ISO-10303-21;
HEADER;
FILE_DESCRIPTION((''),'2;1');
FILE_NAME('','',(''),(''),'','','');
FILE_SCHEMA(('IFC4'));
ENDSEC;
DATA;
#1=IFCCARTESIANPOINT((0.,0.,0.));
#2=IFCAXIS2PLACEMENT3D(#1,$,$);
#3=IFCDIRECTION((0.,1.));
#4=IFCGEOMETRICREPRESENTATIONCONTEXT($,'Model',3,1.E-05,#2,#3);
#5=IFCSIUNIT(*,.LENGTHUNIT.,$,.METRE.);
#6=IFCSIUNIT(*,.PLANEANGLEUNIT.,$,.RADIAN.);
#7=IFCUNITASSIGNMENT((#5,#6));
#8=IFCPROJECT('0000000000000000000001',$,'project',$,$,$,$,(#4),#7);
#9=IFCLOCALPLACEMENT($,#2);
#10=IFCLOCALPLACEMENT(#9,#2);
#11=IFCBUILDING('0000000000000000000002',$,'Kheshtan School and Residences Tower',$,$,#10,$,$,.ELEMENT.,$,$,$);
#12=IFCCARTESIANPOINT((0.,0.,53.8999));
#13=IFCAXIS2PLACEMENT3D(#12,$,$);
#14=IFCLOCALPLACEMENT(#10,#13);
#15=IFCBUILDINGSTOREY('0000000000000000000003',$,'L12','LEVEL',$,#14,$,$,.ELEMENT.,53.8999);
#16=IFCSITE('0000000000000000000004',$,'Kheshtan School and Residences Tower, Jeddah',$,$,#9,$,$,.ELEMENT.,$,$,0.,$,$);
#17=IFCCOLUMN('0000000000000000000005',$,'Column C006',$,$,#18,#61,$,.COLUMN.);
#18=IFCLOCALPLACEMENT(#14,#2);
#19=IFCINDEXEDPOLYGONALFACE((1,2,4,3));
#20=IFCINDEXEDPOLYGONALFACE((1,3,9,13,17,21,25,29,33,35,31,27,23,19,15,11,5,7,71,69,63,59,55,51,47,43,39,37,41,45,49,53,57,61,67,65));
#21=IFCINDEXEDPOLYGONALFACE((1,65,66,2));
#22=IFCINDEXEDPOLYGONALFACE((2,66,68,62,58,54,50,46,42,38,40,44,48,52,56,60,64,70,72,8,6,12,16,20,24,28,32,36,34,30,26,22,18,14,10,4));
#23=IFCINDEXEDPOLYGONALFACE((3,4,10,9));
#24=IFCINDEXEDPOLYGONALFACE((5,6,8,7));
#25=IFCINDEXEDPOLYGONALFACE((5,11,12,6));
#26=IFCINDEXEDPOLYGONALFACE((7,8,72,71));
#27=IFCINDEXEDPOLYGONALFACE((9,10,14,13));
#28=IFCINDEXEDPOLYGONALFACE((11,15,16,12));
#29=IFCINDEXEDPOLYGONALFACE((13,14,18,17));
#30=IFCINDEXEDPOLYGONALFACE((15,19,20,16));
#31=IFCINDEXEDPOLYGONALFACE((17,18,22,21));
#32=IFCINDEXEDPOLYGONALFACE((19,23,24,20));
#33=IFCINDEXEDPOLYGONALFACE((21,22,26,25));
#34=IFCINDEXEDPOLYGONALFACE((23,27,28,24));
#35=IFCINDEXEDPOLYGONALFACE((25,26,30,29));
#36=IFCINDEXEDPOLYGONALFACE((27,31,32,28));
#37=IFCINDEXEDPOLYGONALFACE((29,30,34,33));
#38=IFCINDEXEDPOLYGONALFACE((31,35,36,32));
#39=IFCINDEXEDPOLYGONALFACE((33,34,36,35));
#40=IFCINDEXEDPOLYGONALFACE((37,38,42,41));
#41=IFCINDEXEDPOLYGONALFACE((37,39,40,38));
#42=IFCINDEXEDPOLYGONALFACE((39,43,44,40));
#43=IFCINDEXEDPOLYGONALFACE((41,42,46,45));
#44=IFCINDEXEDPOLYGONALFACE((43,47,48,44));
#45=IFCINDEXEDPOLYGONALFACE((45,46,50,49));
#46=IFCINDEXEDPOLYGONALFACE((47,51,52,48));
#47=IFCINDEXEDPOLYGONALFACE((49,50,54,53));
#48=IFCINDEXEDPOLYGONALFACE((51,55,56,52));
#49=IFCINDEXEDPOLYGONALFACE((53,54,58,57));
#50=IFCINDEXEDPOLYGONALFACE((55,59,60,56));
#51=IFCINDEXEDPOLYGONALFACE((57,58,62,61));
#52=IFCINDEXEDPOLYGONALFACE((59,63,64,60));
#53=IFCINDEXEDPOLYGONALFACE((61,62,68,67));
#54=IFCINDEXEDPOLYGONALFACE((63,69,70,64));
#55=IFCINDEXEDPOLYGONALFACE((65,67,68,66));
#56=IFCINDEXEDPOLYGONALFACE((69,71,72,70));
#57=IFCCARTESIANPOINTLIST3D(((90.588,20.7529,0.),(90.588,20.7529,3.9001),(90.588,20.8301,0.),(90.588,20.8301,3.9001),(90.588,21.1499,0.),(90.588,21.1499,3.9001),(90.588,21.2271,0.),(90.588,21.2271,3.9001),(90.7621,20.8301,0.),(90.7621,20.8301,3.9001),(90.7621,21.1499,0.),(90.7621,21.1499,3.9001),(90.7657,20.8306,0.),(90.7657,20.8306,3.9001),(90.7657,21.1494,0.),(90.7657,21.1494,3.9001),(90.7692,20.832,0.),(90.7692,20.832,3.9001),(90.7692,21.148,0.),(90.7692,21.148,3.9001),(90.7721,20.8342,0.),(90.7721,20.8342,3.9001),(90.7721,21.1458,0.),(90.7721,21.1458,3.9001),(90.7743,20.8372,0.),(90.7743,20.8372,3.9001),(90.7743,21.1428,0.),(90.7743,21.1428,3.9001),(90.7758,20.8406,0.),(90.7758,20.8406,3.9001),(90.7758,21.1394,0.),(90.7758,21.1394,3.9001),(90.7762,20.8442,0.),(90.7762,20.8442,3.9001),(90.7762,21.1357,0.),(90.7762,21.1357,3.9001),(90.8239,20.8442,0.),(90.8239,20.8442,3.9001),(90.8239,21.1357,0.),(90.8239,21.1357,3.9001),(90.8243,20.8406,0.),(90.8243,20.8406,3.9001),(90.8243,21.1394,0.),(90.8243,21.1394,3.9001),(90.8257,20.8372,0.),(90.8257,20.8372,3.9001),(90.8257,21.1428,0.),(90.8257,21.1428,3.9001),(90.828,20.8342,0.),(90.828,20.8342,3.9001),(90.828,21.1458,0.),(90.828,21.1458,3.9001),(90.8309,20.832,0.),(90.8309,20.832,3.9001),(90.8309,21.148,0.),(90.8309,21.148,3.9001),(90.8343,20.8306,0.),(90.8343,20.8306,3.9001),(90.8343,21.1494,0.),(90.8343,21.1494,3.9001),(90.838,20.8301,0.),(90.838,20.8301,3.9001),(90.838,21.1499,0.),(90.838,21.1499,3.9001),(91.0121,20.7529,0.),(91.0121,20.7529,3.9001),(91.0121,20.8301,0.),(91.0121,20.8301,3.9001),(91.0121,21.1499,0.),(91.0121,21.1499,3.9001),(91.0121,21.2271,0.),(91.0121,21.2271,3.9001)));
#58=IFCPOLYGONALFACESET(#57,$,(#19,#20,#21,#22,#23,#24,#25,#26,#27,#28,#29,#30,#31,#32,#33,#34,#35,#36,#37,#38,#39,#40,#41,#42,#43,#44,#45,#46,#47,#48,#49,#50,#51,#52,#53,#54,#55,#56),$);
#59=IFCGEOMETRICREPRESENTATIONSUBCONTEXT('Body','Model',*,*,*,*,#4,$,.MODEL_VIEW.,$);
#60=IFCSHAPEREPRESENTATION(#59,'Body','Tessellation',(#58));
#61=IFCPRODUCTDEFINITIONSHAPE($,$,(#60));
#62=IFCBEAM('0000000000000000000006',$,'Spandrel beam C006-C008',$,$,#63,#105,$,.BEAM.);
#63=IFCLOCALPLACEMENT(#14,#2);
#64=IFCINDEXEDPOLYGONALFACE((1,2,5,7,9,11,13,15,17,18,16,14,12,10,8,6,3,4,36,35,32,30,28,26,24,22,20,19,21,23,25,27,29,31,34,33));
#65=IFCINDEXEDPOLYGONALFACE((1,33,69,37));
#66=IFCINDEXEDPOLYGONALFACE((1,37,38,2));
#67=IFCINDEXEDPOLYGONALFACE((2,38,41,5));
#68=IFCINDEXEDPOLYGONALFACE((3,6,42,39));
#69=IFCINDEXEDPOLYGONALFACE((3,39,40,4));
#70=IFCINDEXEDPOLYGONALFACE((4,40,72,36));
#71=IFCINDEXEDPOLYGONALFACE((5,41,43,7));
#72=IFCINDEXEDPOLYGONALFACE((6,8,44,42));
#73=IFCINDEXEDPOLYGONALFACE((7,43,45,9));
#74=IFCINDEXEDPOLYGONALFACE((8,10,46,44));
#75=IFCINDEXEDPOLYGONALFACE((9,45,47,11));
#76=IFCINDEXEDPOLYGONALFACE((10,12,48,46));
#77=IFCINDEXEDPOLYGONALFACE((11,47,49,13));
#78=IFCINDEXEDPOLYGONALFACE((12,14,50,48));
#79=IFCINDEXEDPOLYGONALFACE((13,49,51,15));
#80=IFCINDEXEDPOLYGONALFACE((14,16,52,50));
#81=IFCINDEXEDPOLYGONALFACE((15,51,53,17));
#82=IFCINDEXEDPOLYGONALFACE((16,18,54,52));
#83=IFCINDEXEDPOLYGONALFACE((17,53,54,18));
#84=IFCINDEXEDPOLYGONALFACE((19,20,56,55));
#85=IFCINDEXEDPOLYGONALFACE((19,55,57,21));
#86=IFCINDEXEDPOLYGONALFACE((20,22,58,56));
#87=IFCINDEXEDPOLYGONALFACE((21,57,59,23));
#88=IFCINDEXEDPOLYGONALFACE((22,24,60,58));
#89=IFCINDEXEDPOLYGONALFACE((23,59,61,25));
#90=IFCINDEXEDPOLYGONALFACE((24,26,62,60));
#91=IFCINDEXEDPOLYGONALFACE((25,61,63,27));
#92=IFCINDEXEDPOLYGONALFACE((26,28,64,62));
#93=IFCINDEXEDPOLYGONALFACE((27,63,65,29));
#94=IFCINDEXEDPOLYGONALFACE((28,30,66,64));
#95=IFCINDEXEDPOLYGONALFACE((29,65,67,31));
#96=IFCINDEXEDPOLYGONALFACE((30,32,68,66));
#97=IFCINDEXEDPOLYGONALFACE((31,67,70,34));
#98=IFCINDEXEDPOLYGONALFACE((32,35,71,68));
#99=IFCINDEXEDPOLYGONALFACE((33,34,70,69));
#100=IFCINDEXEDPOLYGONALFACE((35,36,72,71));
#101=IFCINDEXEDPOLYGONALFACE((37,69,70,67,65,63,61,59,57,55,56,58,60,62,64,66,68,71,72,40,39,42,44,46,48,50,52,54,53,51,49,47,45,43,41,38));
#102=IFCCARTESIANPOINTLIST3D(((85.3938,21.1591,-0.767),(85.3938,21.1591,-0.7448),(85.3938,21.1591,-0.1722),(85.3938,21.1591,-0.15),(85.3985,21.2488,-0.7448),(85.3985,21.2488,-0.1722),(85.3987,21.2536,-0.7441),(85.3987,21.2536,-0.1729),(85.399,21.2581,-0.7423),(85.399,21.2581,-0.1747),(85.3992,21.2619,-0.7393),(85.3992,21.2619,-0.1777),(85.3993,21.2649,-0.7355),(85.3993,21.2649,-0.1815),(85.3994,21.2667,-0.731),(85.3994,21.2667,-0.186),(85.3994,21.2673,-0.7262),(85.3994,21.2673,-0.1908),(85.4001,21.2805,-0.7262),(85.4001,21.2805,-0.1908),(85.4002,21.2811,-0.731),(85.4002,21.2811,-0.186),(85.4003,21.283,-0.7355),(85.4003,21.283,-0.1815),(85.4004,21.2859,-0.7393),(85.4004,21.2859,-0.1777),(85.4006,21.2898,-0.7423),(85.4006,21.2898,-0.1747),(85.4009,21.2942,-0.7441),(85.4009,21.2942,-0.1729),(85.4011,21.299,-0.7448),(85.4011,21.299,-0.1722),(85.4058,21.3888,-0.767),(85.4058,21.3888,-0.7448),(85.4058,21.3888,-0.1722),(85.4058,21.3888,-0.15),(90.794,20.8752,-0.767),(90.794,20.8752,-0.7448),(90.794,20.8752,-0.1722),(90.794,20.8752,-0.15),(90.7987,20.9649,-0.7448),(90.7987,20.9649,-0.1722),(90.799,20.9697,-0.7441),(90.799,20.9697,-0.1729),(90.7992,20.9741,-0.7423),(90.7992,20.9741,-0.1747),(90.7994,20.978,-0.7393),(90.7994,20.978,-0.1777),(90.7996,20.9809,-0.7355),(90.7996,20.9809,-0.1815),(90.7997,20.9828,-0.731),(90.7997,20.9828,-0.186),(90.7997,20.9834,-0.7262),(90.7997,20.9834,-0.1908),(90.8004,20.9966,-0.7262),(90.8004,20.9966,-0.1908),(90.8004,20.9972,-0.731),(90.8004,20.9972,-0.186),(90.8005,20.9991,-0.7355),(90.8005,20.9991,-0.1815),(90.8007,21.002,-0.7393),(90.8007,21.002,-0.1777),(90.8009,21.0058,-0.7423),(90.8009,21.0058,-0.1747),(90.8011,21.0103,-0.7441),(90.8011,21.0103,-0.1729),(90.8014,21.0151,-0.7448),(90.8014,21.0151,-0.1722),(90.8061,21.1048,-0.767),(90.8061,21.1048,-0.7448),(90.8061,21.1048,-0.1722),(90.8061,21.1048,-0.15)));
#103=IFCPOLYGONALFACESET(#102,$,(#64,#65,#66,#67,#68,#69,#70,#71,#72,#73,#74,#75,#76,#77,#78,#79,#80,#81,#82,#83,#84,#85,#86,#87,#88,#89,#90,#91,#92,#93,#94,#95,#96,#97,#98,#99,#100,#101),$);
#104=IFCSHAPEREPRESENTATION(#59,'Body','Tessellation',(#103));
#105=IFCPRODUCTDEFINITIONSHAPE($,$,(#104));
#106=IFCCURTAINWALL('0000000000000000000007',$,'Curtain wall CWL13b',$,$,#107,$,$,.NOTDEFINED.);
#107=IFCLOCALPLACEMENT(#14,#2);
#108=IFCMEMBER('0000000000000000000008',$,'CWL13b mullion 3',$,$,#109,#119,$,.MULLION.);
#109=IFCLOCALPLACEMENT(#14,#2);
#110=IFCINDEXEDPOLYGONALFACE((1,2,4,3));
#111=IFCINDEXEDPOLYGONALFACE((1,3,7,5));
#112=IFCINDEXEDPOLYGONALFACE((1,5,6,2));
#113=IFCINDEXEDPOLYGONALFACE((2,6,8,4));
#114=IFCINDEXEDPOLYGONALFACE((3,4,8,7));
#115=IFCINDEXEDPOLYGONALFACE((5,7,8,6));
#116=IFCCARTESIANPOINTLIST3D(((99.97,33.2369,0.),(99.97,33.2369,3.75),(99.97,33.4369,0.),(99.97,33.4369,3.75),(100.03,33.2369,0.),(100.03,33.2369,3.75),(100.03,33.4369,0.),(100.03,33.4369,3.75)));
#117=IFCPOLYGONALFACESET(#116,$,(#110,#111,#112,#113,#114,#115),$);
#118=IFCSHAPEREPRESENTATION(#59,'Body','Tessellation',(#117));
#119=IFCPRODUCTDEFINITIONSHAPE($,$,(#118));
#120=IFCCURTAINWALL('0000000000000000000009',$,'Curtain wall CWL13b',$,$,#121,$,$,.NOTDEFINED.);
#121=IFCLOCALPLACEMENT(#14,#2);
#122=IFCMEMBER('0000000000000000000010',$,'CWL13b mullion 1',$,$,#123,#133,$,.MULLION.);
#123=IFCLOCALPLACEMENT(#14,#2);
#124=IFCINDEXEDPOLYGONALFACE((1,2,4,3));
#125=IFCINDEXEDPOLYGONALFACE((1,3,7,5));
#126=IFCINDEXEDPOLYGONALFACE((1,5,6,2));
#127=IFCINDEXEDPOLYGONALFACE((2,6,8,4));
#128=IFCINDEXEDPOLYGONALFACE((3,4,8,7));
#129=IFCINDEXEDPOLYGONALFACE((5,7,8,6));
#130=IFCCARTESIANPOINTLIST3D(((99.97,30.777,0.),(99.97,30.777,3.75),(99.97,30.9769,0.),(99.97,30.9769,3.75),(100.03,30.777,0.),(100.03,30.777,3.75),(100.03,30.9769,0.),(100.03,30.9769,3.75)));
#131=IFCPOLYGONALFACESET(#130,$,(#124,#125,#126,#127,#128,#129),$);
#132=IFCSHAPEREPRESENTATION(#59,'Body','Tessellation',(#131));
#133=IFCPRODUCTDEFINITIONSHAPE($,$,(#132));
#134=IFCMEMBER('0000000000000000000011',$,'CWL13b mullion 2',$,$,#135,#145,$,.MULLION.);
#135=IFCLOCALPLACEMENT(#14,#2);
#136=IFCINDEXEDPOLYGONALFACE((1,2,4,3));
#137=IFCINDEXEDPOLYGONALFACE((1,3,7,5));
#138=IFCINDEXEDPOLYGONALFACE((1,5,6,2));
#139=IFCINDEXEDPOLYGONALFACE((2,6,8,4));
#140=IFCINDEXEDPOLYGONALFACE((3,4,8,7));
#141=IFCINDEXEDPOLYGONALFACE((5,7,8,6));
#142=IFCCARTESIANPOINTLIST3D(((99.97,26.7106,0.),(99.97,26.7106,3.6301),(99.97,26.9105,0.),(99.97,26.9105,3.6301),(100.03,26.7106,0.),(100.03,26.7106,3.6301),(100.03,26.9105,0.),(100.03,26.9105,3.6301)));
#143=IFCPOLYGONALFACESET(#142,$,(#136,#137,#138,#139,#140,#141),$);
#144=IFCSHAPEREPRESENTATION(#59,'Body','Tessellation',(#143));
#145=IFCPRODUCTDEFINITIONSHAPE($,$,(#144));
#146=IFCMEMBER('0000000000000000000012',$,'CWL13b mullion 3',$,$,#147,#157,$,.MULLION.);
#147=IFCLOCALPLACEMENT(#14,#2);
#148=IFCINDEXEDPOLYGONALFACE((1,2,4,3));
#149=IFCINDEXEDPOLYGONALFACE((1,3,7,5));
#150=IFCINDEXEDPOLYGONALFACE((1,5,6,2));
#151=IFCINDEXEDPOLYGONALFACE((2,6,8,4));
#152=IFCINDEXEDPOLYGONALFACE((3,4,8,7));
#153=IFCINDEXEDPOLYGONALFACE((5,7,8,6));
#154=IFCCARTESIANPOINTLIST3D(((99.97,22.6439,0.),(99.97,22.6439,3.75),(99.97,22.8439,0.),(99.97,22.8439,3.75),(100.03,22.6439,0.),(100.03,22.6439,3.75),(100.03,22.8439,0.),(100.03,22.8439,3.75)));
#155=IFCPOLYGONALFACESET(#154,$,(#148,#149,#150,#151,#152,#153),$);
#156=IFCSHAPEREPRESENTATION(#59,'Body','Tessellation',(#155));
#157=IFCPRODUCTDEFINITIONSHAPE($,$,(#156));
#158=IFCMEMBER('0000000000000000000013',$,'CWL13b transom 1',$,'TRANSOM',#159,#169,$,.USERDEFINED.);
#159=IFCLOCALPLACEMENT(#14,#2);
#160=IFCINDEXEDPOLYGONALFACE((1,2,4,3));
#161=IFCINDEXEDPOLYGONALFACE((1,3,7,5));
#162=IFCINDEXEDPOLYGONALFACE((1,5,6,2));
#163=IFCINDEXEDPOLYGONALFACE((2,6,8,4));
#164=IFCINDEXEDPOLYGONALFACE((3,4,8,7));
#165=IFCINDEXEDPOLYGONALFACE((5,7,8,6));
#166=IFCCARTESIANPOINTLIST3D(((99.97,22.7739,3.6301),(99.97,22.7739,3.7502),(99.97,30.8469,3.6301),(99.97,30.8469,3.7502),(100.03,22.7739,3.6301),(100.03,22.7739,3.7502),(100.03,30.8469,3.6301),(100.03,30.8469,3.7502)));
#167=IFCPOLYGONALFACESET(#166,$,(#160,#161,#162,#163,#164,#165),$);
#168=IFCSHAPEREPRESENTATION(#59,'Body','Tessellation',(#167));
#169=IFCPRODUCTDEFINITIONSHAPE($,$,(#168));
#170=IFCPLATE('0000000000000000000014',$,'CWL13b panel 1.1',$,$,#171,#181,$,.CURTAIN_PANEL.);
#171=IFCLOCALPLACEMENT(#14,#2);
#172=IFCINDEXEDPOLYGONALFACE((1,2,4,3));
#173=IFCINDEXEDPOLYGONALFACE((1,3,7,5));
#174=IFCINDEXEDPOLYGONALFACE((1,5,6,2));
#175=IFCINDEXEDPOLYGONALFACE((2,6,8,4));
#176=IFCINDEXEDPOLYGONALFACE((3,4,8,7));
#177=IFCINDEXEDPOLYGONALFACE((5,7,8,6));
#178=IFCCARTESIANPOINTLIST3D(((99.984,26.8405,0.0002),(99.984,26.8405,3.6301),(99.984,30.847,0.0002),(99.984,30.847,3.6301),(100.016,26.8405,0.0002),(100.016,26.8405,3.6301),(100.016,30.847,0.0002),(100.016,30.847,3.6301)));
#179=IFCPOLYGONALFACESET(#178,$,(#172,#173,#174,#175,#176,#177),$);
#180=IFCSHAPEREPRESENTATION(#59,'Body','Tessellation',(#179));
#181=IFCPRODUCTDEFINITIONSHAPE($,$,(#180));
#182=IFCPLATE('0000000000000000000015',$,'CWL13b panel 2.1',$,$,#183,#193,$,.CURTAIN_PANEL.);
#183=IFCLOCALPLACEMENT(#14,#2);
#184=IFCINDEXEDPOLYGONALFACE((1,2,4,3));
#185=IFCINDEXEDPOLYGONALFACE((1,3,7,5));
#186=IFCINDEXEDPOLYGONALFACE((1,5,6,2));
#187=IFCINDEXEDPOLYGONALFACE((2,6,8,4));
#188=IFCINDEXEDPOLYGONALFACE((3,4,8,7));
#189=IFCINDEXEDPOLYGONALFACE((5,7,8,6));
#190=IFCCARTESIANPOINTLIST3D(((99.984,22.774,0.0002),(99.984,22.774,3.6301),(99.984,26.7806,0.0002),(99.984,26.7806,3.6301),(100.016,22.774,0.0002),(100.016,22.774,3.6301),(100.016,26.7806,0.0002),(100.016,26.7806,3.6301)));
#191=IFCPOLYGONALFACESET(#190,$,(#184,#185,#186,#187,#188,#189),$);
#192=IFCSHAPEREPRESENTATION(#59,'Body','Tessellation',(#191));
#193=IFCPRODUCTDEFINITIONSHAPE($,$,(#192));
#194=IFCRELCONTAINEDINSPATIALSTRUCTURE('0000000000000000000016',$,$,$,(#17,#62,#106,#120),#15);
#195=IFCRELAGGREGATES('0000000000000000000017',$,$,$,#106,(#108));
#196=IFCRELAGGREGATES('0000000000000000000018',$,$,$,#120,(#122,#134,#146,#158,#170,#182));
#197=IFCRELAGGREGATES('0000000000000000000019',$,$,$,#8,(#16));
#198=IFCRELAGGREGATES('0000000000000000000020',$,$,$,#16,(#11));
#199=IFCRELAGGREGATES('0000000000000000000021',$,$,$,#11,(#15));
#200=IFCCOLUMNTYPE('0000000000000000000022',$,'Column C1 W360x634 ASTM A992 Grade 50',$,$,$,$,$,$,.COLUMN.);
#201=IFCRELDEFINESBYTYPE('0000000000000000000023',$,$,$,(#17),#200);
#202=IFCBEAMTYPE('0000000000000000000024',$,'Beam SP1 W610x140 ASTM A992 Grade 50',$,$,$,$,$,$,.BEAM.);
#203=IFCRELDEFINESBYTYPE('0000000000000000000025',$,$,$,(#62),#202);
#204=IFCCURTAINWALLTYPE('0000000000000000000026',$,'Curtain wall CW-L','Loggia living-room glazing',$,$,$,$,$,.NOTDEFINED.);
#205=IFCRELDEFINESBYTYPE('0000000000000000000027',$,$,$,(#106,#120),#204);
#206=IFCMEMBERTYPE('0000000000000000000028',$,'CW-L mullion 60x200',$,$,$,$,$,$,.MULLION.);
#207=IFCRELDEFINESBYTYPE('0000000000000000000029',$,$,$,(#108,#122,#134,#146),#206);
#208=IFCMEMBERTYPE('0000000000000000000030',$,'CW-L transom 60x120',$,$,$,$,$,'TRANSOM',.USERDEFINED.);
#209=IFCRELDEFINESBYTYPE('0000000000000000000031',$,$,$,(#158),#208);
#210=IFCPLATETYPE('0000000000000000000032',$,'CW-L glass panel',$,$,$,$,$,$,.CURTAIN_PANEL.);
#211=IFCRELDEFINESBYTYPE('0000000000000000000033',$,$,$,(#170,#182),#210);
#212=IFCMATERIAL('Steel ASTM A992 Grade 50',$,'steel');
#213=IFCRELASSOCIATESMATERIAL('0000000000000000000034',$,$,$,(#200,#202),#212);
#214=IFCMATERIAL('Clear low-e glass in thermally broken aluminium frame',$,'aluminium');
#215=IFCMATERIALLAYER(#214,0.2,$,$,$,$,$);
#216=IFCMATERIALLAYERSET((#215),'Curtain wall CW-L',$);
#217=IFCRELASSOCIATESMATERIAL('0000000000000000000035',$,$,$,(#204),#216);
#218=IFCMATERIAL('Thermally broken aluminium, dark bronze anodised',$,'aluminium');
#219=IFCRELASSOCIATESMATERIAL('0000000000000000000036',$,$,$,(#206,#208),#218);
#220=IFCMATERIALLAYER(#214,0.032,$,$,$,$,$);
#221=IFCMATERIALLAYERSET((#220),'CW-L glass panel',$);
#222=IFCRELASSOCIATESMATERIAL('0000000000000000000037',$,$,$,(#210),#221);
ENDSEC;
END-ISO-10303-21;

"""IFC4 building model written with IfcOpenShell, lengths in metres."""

from ifc_helpers import new_model, si_unit, direction, frame, origin, origin_2d, place, context, subcontext, project, spatial, rectangle, i_section, extrude, material, layer, layer_set, material_profile, profile_set, type_object, element, aggregate, save


model = new_model("IFC4")

# Units and contexts
model_context = context("Model", 3, precision=1e-05, world=origin(), true_north=direction((0.0, 1.0)))
body_context = subcontext(model_context, "Body", "Model", "MODEL_VIEW")
ifc_project = project(units=[si_unit("LENGTHUNIT", "METRE"), si_unit("PLANEANGLEUNIT", "RADIAN")], contexts=[model_context])

# Site, building, storey
site_placement = place(None, origin())
site = spatial("IfcSite", under=ifc_project, at=site_placement, Name="Kheshtan School and Residences Tower, Jeddah", CompositionType="ELEMENT", RefElevation=0.0)
building_placement = place(site_placement, origin())
building = spatial("IfcBuilding", under=site, at=building_placement, Name="Kheshtan School and Residences Tower", CompositionType="ELEMENT")
storey_placement = place(building_placement, frame((0.0, 0.0, 53.8999)))
storey = spatial("IfcBuildingStorey", under=building, at=storey_placement, Name="L12", Description="LEVEL", CompositionType="ELEMENT", Elevation=53.8999)

# Column
ifc_material_1 = material(Name="Steel ASTM A992 Grade 50", Category="steel")
ifc_material_profile_1 = material_profile(ifc_material_1, i_section(OverallWidth=0.4241, OverallDepth=0.4741, WebThickness=0.0476, FlangeThickness=0.0771, FilletRadius=0.0142, at=origin_2d()), Name="W360x634")
ifc_profile_set_1 = profile_set([ifc_material_profile_1], Name="Steel ASTM A992 Grade 50")
column_type = type_object("IfcColumnType", Name="Column C1 W360x634 ASTM A992 Grade 50", PredefinedType="COLUMN", material=ifc_profile_set_1)
column_placement = place(storey_placement, frame((90.8, 20.99, 0.0), z_axis=(0.0, 0.0, 1.0), x_axis=(1.0, 0.0, 0.0)))
element("IfcColumn", 1, at=column_placement, inside=storey, type_object=column_type, Name="Column C006", PredefinedType="COLUMN", context=body_context, shape_type="SweptSolid", body=[
    extrude(i_section(OverallWidth=0.4241, OverallDepth=0.4741, WebThickness=0.0476, FlangeThickness=0.0771, FilletRadius=0.0142, at=origin_2d()), origin(), (0.0, 0.0, 1.0), 3.9001),
])

# Beam
ifc_material_profile_2 = material_profile(ifc_material_1, i_section(OverallWidth=0.23, OverallDepth=0.6169, WebThickness=0.0132, FlangeThickness=0.0222, FilletRadius=0.0186, at=origin_2d()), Name="W610x140")
ifc_profile_set_2 = profile_set([ifc_material_profile_2], Name="Steel ASTM A992 Grade 50")
beam_type = type_object("IfcBeamType", Name="Beam SP1 W610x140 ASTM A992 Grade 50", PredefinedType="BEAM", material=ifc_profile_set_2)
beam_placement = place(storey_placement, frame((90.8, 20.99, -0.4585), z_axis=(-0.998621, 0.052507, 0.0), x_axis=(-0.052507, -0.998621, 0.0)))
element("IfcBeam", 2, at=beam_placement, inside=storey, type_object=beam_type, Name="Spandrel beam C006-C008", PredefinedType="BEAM", context=body_context, shape_type="SweptSolid", body=[
    extrude(i_section(OverallWidth=0.23, OverallDepth=0.6169, WebThickness=0.0132, FlangeThickness=0.0222, FilletRadius=0.0186, at=origin_2d()), origin(), (0.0, 0.0, 1.0), 5.4077),
])

# Curtain wall, member
ifc_material_2 = material(Name="Clear low-e glass in thermally broken aluminium frame", Category="aluminium")
ifc_layer_1 = layer(ifc_material_2, 0.2)
ifc_layer_set_1 = layer_set([ifc_layer_1], Name="Curtain wall CW-L")
curtain_wall_type = type_object("IfcCurtainWallType", Name="Curtain wall CW-L", Description="Loggia living-room glazing", PredefinedType="NOTDEFINED", material=ifc_layer_set_1)
curtain_wall_1_placement = place(storey_placement, origin())
curtain_wall_1 = element("IfcCurtainWall", 3, at=curtain_wall_1_placement, inside=storey, type_object=curtain_wall_type, Name="Curtain wall CWL13b", PredefinedType="NOTDEFINED")
ifc_material_3 = material(Name="Thermally broken aluminium, dark bronze anodised", Category="aluminium")
ifc_material_profile_3 = material_profile(ifc_material_3, rectangle(XDim=0.0601, YDim=0.2, at=origin_2d()), Name="CW-L mullion 60x200")
ifc_profile_set_3 = profile_set([ifc_material_profile_3], Name="Thermally broken aluminium, dark bronze anodised")
member_type_1 = type_object("IfcMemberType", Name="CW-L mullion 60x200", PredefinedType="MULLION", material=ifc_profile_set_3)
member_1_placement = place(storey_placement, frame((100.0, 33.3369, 0.0), z_axis=(0.0, 0.0, 1.0), x_axis=(1.0, 0.0, 0.0)))
member_1 = element("IfcMember", 4, at=member_1_placement, type_object=member_type_1, Name="CWL13b mullion 3", PredefinedType="MULLION", context=body_context, shape_type="SweptSolid", body=[
    extrude(rectangle(XDim=0.0601, YDim=0.2, at=origin_2d()), origin(), (0.0, 0.0, 1.0), 3.75),
])
aggregate(curtain_wall_1, [member_1])

# Curtain wall, members, plates
curtain_wall_2_placement = place(storey_placement, origin())
curtain_wall_2 = element("IfcCurtainWall", 5, at=curtain_wall_2_placement, inside=storey, type_object=curtain_wall_type, Name="Curtain wall CWL13b", PredefinedType="NOTDEFINED")
member_2_placement = place(storey_placement, frame((100.0, 30.877, 0.0), z_axis=(0.0, 0.0, 1.0), x_axis=(1.0, 0.0, 0.0)))
member_2 = element("IfcMember", 6, at=member_2_placement, type_object=member_type_1, Name="CWL13b mullion 1", PredefinedType="MULLION", context=body_context, shape_type="SweptSolid", body=[
    extrude(rectangle(XDim=0.0601, YDim=0.2, at=origin_2d()), origin(), (0.0, 0.0, 1.0), 3.75),
])
member_3_placement = place(storey_placement, frame((100.0, 26.8105, 0.0), z_axis=(0.0, 0.0, 1.0), x_axis=(1.0, 0.0, 0.0)))
member_3 = element("IfcMember", 7, at=member_3_placement, type_object=member_type_1, Name="CWL13b mullion 2", PredefinedType="MULLION", context=body_context, shape_type="SweptSolid", body=[
    extrude(rectangle(XDim=0.0601, YDim=0.2, at=origin_2d()), origin(), (0.0, 0.0, 1.0), 3.6301),
])
member_4_placement = place(storey_placement, frame((100.0, 22.7439, 0.0), z_axis=(0.0, 0.0, 1.0), x_axis=(1.0, 0.0, 0.0)))
member_4 = element("IfcMember", 8, at=member_4_placement, type_object=member_type_1, Name="CWL13b mullion 3", PredefinedType="MULLION", context=body_context, shape_type="SweptSolid", body=[
    extrude(rectangle(XDim=0.0601, YDim=0.2, at=origin_2d()), origin(), (0.0, 0.0, 1.0), 3.75),
])
ifc_material_profile_4 = material_profile(ifc_material_3, rectangle(XDim=0.0601, YDim=0.1201, at=origin_2d()), Name="CW-L transom 60x120")
ifc_profile_set_4 = profile_set([ifc_material_profile_4], Name="Thermally broken aluminium, dark bronze anodised")
member_type_2 = type_object("IfcMemberType", Name="CW-L transom 60x120", ElementType="TRANSOM", PredefinedType="USERDEFINED", material=ifc_profile_set_4)
member_5_placement = place(storey_placement, frame((100.0, 30.8469, 3.6902), z_axis=(0.0, -1.0, 0.0), x_axis=(1.0, 0.0, 0.0)))
member_5 = element("IfcMember", 9, at=member_5_placement, type_object=member_type_2, Name="CWL13b transom 1", ObjectType="TRANSOM", PredefinedType="USERDEFINED", context=body_context, shape_type="SweptSolid", body=[
    extrude(rectangle(XDim=0.0601, YDim=0.1201, at=origin_2d()), origin(), (0.0, 0.0, 1.0), 8.073),
])
ifc_layer_2 = layer(ifc_material_2, 0.032)
ifc_layer_set_2 = layer_set([ifc_layer_2], Name="CW-L glass panel")
plate_type = type_object("IfcPlateType", Name="CW-L glass panel", PredefinedType="CURTAIN_PANEL", material=ifc_layer_set_2)
plate_1_placement = place(storey_placement, frame((100.0, 28.8438, 0.0002), z_axis=(0.0, 0.0, 1.0), x_axis=(0.0, -1.0, 0.0)))
plate_1 = element("IfcPlate", 10, at=plate_1_placement, type_object=plate_type, Name="CWL13b panel 1.1", PredefinedType="CURTAIN_PANEL", context=body_context, shape_type="SweptSolid", body=[
    extrude(rectangle(XDim=4.0066, YDim=0.032, at=origin_2d()), origin(), (0.0, 0.0, 1.0), 3.6299),
])
plate_2_placement = place(storey_placement, frame((100.0, 24.7773, 0.0002), z_axis=(0.0, 0.0, 1.0), x_axis=(0.0, -1.0, 0.0)))
plate_2 = element("IfcPlate", 11, at=plate_2_placement, type_object=plate_type, Name="CWL13b panel 2.1", PredefinedType="CURTAIN_PANEL", context=body_context, shape_type="SweptSolid", body=[
    extrude(rectangle(XDim=4.0066, YDim=0.032, at=origin_2d()), origin(), (0.0, 0.0, 1.0), 3.6299),
])
aggregate(curtain_wall_2, [member_2, member_3, member_4, member_5, plate_1, plate_2])

save(model, "model.ifc")
